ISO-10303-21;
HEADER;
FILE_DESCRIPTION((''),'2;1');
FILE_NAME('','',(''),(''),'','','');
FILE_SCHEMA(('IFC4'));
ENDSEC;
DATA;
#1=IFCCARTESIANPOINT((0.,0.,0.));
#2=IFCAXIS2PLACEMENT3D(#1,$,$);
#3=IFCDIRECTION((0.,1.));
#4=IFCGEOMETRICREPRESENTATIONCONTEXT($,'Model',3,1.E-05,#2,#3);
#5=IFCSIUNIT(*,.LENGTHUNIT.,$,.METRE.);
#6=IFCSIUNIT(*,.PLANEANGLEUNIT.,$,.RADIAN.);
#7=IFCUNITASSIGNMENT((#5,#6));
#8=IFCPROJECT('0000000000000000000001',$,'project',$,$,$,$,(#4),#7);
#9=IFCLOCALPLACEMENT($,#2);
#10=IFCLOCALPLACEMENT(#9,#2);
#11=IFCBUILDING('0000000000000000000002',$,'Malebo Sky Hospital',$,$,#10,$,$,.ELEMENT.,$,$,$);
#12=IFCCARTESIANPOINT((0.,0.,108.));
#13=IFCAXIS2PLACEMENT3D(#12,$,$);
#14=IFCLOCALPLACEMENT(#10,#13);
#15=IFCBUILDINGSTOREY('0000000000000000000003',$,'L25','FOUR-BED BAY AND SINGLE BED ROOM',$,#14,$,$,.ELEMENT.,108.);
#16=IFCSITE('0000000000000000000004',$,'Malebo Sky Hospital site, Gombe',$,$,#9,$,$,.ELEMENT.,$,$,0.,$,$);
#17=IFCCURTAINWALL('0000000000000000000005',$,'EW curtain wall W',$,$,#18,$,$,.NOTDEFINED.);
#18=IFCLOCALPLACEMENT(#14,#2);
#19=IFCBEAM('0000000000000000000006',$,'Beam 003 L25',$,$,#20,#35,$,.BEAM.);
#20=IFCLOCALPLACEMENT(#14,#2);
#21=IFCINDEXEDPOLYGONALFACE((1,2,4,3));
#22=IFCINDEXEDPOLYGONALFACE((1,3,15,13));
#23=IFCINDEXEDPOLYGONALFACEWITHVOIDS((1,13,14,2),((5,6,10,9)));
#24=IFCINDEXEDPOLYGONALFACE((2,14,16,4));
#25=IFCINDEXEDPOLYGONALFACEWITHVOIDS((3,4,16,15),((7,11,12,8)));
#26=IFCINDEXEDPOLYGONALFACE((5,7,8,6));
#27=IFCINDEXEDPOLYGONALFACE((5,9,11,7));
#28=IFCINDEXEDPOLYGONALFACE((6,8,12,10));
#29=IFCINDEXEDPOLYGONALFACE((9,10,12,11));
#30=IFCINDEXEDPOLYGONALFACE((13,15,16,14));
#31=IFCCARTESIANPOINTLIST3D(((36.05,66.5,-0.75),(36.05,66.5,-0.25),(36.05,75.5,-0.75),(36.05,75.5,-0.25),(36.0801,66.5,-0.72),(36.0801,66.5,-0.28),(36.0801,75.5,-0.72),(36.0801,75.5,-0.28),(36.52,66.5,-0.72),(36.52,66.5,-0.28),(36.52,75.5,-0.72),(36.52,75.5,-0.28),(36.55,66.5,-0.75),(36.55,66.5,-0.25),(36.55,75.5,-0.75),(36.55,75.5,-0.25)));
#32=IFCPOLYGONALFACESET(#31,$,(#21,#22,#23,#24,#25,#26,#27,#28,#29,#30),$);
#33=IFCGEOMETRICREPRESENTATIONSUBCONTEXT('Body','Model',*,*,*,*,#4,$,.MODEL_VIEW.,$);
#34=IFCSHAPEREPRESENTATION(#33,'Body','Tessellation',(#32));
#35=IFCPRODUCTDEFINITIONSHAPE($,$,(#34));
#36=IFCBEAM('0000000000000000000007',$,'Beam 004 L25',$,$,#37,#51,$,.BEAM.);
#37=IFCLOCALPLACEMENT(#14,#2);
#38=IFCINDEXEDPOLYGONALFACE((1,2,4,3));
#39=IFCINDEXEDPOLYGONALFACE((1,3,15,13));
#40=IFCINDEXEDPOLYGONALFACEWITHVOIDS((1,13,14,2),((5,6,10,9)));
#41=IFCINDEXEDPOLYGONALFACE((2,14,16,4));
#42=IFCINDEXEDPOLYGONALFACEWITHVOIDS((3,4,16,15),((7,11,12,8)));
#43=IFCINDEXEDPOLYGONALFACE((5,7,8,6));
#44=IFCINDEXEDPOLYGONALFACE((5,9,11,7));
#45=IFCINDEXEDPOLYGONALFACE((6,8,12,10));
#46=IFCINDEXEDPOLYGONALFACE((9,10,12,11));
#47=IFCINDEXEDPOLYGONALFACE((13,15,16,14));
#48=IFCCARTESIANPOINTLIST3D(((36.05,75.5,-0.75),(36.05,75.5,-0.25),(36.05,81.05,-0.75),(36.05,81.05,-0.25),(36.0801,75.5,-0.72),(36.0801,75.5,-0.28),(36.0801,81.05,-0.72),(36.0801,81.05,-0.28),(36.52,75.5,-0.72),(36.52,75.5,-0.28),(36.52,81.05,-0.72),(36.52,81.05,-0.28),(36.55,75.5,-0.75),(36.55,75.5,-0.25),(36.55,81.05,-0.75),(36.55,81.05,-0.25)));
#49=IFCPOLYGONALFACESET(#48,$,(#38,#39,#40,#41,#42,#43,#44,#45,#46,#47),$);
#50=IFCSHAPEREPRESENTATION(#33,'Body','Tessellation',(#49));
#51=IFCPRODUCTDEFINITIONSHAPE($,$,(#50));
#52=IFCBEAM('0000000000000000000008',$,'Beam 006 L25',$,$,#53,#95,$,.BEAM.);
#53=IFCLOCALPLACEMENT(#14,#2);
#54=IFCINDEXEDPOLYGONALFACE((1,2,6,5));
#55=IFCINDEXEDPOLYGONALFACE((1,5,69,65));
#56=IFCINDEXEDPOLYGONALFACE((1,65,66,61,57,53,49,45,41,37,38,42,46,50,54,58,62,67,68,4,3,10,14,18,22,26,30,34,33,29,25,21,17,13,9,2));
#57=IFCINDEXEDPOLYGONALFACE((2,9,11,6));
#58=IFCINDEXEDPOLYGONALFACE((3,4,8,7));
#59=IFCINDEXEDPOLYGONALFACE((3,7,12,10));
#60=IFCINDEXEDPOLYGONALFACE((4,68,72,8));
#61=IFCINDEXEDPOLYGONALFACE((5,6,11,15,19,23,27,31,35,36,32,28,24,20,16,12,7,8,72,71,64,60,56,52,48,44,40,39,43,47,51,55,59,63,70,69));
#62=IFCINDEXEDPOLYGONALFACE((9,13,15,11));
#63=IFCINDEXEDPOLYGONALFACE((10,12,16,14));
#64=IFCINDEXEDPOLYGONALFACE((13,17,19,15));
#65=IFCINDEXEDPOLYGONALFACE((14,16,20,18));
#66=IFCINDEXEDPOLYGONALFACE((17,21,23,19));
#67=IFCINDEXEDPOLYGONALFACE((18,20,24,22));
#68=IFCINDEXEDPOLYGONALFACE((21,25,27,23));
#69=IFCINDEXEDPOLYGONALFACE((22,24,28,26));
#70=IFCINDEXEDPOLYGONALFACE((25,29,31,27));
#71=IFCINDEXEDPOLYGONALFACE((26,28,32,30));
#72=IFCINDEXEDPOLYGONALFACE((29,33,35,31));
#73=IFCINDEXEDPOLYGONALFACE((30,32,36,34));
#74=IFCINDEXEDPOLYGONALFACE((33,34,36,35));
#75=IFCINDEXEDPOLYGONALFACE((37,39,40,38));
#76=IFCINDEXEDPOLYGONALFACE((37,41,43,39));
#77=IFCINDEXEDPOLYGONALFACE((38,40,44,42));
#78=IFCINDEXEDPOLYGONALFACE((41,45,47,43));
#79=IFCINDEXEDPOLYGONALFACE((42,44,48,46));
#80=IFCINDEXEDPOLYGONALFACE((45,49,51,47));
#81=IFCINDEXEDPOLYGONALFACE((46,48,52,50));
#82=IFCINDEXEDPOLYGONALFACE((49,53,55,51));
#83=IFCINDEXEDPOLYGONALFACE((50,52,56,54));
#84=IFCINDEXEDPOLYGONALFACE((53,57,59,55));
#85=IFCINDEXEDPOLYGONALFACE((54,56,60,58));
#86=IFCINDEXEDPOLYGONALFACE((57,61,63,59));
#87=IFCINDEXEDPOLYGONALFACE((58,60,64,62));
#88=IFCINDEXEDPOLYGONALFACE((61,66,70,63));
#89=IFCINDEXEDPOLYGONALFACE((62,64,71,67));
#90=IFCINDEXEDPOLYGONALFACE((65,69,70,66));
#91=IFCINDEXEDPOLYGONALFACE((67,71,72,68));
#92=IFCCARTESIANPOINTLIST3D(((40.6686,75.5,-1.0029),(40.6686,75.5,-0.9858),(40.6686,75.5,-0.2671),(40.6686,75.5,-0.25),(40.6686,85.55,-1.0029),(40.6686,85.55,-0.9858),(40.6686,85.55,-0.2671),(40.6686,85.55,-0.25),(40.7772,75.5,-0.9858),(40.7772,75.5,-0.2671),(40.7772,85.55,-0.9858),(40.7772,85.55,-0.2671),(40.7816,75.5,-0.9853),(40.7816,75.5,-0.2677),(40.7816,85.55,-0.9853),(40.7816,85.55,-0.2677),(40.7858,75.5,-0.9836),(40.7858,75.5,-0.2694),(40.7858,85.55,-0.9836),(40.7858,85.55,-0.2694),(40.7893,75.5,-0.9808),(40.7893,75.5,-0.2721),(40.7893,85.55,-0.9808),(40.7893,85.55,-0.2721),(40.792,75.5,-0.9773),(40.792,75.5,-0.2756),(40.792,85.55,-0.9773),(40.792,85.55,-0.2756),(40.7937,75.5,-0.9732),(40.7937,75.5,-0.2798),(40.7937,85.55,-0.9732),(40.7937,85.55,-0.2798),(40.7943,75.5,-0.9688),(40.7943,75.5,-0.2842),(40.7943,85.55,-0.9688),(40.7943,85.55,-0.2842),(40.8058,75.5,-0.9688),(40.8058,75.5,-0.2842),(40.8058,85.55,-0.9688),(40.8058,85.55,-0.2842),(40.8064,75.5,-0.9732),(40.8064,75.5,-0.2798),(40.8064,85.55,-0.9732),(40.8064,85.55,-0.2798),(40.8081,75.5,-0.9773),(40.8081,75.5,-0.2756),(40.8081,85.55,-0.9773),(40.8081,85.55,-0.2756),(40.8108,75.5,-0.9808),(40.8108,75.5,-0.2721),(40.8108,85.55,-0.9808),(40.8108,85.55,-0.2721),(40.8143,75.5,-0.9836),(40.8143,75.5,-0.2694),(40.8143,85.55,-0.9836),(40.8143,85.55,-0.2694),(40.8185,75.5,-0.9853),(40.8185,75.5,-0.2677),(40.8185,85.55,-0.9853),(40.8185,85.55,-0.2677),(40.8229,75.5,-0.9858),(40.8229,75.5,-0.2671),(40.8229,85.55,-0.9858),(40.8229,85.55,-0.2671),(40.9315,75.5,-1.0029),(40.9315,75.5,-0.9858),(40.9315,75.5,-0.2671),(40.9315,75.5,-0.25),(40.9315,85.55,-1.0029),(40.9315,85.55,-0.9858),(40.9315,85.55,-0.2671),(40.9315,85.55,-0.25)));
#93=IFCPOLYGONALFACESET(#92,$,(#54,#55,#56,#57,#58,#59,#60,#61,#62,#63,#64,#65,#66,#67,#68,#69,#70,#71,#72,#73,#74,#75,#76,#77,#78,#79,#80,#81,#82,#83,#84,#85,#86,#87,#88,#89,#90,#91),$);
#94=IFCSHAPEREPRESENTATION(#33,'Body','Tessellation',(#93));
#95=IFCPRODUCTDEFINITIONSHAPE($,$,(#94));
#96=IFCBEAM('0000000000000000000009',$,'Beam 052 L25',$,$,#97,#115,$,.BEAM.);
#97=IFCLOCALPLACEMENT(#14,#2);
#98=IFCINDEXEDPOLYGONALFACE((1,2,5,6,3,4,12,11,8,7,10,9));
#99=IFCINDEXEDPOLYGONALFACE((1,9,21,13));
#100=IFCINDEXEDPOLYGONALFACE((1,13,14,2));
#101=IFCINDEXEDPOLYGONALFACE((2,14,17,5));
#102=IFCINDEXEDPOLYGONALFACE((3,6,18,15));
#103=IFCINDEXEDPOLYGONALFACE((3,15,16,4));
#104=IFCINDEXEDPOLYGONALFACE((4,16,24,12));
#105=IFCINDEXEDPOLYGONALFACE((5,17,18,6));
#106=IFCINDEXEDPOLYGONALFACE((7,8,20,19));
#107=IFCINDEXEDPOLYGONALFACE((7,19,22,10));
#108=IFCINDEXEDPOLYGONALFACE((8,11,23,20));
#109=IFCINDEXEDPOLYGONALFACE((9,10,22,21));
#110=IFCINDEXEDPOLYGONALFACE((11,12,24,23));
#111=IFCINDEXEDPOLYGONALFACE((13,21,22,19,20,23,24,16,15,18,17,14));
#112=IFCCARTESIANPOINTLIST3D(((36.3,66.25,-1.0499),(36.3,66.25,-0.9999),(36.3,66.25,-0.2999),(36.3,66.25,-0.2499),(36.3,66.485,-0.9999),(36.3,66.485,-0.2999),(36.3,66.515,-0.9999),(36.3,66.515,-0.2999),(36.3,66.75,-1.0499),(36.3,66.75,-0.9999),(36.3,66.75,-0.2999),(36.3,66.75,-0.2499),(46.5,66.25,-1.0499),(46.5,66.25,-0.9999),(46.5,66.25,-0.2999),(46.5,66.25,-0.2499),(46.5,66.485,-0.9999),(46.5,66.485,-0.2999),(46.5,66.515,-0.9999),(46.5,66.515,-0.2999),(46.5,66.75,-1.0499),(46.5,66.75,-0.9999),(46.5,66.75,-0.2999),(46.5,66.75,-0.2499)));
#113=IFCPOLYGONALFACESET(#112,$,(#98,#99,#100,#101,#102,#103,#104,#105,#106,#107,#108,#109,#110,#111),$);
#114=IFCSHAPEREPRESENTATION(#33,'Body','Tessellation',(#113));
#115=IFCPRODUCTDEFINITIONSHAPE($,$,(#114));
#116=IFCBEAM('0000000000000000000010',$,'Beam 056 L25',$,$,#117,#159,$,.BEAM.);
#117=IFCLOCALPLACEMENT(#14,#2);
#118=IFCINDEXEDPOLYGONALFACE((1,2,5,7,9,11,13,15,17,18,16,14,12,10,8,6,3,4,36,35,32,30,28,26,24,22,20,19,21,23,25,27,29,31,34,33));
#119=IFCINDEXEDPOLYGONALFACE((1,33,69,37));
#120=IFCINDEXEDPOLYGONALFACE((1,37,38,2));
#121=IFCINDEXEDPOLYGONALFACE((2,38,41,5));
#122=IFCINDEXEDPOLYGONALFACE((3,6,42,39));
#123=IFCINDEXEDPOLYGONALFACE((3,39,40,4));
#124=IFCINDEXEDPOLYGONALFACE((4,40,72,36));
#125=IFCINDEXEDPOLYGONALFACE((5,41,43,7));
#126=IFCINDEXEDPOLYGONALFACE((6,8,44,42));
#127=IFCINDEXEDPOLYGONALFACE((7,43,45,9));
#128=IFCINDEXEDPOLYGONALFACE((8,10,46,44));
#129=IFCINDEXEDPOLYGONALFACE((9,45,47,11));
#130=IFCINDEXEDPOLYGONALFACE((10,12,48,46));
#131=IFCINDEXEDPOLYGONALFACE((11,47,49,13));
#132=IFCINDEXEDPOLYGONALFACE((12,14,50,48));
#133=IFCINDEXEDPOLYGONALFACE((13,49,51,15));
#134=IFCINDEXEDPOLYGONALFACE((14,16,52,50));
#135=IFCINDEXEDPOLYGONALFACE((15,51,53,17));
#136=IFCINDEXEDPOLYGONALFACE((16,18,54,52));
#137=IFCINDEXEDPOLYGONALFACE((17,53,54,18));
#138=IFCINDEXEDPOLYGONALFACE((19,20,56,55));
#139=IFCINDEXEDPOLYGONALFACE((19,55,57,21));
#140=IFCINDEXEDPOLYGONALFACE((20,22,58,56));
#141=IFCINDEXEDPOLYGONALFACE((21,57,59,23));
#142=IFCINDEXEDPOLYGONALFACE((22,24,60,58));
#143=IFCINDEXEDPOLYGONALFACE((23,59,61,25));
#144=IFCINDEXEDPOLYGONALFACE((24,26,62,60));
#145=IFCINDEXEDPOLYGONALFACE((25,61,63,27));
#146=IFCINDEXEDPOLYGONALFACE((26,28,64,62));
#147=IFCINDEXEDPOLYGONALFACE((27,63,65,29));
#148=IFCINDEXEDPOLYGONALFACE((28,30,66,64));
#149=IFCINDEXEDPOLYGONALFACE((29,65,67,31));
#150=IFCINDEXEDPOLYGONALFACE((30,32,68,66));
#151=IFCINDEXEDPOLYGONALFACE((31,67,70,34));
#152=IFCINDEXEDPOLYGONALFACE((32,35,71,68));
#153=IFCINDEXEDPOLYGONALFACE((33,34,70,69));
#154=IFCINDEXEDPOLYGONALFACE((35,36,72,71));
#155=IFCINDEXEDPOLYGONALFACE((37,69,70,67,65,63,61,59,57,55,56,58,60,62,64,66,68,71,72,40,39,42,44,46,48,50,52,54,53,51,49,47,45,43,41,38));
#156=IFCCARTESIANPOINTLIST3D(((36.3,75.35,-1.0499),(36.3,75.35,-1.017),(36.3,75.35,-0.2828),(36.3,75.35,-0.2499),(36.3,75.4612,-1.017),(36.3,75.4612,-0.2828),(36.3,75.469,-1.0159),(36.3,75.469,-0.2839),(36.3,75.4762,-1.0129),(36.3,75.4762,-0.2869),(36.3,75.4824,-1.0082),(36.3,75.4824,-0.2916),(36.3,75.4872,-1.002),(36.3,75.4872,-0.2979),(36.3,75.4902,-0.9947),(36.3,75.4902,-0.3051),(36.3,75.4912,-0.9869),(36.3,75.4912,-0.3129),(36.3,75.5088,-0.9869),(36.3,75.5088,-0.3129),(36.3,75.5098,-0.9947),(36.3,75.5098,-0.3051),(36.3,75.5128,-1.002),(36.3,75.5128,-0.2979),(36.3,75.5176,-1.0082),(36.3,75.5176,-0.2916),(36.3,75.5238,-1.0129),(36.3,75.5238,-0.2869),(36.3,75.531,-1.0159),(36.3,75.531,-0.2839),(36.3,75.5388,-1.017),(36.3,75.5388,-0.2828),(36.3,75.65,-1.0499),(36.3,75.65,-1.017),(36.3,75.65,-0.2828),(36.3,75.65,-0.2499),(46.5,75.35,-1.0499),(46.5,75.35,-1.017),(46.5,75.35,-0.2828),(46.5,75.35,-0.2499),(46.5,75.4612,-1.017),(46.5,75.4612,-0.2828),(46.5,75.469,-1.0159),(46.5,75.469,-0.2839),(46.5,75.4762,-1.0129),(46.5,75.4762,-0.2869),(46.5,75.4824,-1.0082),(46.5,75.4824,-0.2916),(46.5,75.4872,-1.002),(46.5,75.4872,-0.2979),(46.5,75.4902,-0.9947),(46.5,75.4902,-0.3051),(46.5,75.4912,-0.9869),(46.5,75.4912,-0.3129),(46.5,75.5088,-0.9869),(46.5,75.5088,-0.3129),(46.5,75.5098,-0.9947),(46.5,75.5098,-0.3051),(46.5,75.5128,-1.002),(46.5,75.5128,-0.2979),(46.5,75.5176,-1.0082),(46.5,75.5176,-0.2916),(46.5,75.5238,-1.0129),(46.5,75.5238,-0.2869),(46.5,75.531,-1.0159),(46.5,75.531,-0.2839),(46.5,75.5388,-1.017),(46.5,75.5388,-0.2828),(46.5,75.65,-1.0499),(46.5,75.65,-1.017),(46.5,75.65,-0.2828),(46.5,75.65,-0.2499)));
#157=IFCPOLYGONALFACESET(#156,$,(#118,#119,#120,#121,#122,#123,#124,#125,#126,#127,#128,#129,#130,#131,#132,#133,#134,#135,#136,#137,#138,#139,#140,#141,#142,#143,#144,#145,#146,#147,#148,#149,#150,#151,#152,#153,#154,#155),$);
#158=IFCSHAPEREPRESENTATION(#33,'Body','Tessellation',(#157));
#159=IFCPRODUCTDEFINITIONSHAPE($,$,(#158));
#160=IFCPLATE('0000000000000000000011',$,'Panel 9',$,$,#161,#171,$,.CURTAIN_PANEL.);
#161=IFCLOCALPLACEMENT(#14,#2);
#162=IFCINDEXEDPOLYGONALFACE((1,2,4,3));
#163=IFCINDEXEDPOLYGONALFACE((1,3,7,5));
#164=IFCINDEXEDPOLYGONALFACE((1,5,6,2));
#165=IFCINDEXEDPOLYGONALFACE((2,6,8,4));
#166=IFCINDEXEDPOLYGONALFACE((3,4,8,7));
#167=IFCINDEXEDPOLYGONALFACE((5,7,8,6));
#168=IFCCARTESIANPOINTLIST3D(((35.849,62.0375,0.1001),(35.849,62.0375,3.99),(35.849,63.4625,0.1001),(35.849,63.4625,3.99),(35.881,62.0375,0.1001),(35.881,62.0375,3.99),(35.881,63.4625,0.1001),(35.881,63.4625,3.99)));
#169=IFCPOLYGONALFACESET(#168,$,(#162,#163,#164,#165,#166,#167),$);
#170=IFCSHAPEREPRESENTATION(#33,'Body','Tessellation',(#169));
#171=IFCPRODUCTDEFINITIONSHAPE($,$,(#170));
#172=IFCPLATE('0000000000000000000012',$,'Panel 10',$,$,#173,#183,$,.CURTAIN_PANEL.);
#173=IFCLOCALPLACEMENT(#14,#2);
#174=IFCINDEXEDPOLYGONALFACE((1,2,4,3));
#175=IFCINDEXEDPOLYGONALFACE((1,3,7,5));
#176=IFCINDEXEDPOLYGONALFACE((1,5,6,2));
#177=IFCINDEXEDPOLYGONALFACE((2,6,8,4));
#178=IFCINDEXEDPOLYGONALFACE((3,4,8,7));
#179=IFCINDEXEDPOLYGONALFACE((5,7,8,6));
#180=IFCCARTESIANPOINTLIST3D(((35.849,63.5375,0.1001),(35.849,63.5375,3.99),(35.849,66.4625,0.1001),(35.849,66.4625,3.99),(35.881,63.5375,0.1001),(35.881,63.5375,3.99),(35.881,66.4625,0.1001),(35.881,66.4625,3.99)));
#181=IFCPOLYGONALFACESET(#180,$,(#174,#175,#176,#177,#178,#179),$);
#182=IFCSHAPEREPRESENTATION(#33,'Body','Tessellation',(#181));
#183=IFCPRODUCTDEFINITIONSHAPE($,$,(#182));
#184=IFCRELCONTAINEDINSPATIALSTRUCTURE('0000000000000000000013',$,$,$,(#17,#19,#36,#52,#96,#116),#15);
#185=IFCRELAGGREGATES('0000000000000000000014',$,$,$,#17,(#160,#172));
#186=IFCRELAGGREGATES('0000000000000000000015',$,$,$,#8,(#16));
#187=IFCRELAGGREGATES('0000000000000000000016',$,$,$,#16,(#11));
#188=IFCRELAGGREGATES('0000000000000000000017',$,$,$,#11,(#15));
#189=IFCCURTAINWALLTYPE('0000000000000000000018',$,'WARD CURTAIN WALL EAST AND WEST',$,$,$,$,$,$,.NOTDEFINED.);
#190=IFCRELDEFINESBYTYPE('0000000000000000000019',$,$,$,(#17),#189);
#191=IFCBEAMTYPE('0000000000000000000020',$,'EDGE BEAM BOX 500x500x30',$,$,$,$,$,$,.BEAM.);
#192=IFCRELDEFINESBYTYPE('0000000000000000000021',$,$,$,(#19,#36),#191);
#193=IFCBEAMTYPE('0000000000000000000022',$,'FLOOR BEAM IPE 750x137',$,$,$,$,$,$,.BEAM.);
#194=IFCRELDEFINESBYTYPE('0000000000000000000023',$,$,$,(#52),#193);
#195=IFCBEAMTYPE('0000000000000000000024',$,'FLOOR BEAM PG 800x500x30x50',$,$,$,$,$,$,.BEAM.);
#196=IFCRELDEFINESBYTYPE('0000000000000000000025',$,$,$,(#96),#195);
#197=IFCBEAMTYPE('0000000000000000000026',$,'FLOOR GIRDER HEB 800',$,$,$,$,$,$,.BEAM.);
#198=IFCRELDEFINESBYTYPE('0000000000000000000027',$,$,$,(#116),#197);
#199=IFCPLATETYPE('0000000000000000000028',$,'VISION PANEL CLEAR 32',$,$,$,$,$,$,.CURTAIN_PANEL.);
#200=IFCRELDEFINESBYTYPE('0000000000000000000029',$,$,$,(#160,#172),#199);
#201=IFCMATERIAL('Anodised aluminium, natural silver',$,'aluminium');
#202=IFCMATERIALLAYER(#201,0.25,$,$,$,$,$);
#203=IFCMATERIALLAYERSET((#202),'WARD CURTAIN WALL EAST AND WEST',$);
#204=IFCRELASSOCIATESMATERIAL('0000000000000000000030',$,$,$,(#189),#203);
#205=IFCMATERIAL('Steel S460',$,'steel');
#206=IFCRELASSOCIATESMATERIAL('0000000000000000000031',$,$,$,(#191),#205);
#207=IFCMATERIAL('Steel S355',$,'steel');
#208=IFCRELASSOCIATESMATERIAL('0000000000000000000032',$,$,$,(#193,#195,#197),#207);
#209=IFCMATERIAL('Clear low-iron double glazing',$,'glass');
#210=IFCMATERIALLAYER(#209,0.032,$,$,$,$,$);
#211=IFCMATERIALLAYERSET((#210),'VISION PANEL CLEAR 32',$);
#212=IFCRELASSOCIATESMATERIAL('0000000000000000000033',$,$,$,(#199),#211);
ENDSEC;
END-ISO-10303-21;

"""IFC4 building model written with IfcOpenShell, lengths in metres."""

from ifc_helpers import new_model, si_unit, direction, frame, origin, origin_2d, place, context, subcontext, project, spatial, rectangle, hollow_rectangle, i_section, extrude, material, layer, layer_set, material_profile, profile_set, type_object, element, aggregate, save


model = new_model("IFC4")

# Units and contexts
model_context = context("Model", 3, precision=1e-05, world=origin(), true_north=direction((0.0, 1.0)))
body_context = subcontext(model_context, "Body", "Model", "MODEL_VIEW")
ifc_project = project(units=[si_unit("LENGTHUNIT", "METRE"), si_unit("PLANEANGLEUNIT", "RADIAN")], contexts=[model_context])

# Site, building, storey
site_placement = place(None, origin())
site = spatial("IfcSite", under=ifc_project, at=site_placement, Name="Malebo Sky Hospital site, Gombe", CompositionType="ELEMENT", RefElevation=0.0)
building_placement = place(site_placement, origin())
building = spatial("IfcBuilding", under=site, at=building_placement, Name="Malebo Sky Hospital", CompositionType="ELEMENT")
storey_placement = place(building_placement, frame((0.0, 0.0, 108.0)))
storey = spatial("IfcBuildingStorey", under=building, at=storey_placement, Name="L25", Description="FOUR-BED BAY AND SINGLE BED ROOM", CompositionType="ELEMENT", Elevation=108.0)

# Shared definitions
ifc_material_1 = material(Name="Steel S460", Category="steel")

# Curtain wall
ifc_material_2 = material(Name="Anodised aluminium, natural silver", Category="aluminium")
ifc_layer_1 = layer(ifc_material_2, 0.25)
ifc_layer_set_1 = layer_set([ifc_layer_1], Name="WARD CURTAIN WALL EAST AND WEST")
curtain_wall_type = type_object("IfcCurtainWallType", Name="WARD CURTAIN WALL EAST AND WEST", PredefinedType="NOTDEFINED", material=ifc_layer_set_1)
curtain_wall_placement = place(storey_placement, origin())
curtain_wall = element("IfcCurtainWall", 1, at=curtain_wall_placement, inside=storey, type_object=curtain_wall_type, Name="EW curtain wall W", PredefinedType="NOTDEFINED")

# Beams
ifc_material_profile_1 = material_profile(ifc_material_1, hollow_rectangle(XDim=0.5, YDim=0.5, WallThickness=0.03, at=origin_2d()), Name="BOX 500x500x30")
ifc_profile_set_1 = profile_set([ifc_material_profile_1], Name="Steel S460")
beam_type_1 = type_object("IfcBeamType", Name="EDGE BEAM BOX 500x500x30", PredefinedType="BEAM", material=ifc_profile_set_1)
beam_1_placement = place(storey_placement, frame((36.3, 66.5, -0.5), z_axis=(0.0, 1.0, 0.0), x_axis=(-1.0, 0.0, 0.0)))
element("IfcBeam", 2, at=beam_1_placement, inside=storey, type_object=beam_type_1, Name="Beam 003 L25", PredefinedType="BEAM", context=body_context, shape_type="SweptSolid", body=[
    extrude(hollow_rectangle(XDim=0.5, YDim=0.5, WallThickness=0.03, at=origin_2d()), origin(), (0.0, 0.0, 1.0), 9.0),
])
beam_2_placement = place(storey_placement, frame((36.3, 75.5, -0.5), z_axis=(0.0, 1.0, 0.0), x_axis=(-1.0, 0.0, 0.0)))
element("IfcBeam", 3, at=beam_2_placement, inside=storey, type_object=beam_type_1, Name="Beam 004 L25", PredefinedType="BEAM", context=body_context, shape_type="SweptSolid", body=[
    extrude(hollow_rectangle(XDim=0.5, YDim=0.5, WallThickness=0.03, at=origin_2d()), origin(), (0.0, 0.0, 1.0), 5.55),
])
ifc_material_3 = material(Name="Steel S355", Category="steel")
ifc_material_profile_2 = material_profile(ifc_material_3, i_section(OverallWidth=0.2629, OverallDepth=0.7529, WebThickness=0.0115, FlangeThickness=0.0171, FilletRadius=0.0171, at=origin_2d()), Name="IPE 750x137")
ifc_profile_set_2 = profile_set([ifc_material_profile_2], Name="Steel S355")
beam_type_2 = type_object("IfcBeamType", Name="FLOOR BEAM IPE 750x137", PredefinedType="BEAM", material=ifc_profile_set_2)
beam_3_placement = place(storey_placement, frame((40.8, 75.5, -0.6265), z_axis=(0.0, 1.0, 0.0), x_axis=(-1.0, 0.0, 0.0)))
element("IfcBeam", 4, at=beam_3_placement, inside=storey, type_object=beam_type_2, Name="Beam 006 L25", PredefinedType="BEAM", context=body_context, shape_type="SweptSolid", body=[
    extrude(i_section(OverallWidth=0.2629, OverallDepth=0.7529, WebThickness=0.0115, FlangeThickness=0.0171, FilletRadius=0.0171, at=origin_2d()), origin(), (0.0, 0.0, 1.0), 10.05),
])
ifc_material_profile_3 = material_profile(ifc_material_3, i_section(OverallWidth=0.5, OverallDepth=0.8, WebThickness=0.03, FlangeThickness=0.05, at=origin_2d()), Name="PG 800x500x30x50")
ifc_profile_set_3 = profile_set([ifc_material_profile_3], Name="Steel S355")
beam_type_3 = type_object("IfcBeamType", Name="FLOOR BEAM PG 800x500x30x50", PredefinedType="BEAM", material=ifc_profile_set_3)
beam_4_placement = place(storey_placement, frame((36.3, 66.5, -0.6499), z_axis=(1.0, 0.0, 0.0), x_axis=(0.0, 1.0, 0.0)))
element("IfcBeam", 5, at=beam_4_placement, inside=storey, type_object=beam_type_3, Name="Beam 052 L25", PredefinedType="BEAM", context=body_context, shape_type="SweptSolid", body=[
    extrude(i_section(OverallWidth=0.5, OverallDepth=0.8, WebThickness=0.03, FlangeThickness=0.05, at=origin_2d()), origin(), (0.0, 0.0, 1.0), 10.2),
])
ifc_material_profile_4 = material_profile(ifc_material_3, i_section(OverallWidth=0.3, OverallDepth=0.8, WebThickness=0.0176, FlangeThickness=0.033, FilletRadius=0.03, at=origin_2d()), Name="HEB 800")
ifc_profile_set_4 = profile_set([ifc_material_profile_4], Name="Steel S355")
beam_type_4 = type_object("IfcBeamType", Name="FLOOR GIRDER HEB 800", PredefinedType="BEAM", material=ifc_profile_set_4)
beam_5_placement = place(storey_placement, frame((36.3, 75.5, -0.6499), z_axis=(1.0, 0.0, 0.0), x_axis=(0.0, 1.0, 0.0)))
element("IfcBeam", 6, at=beam_5_placement, inside=storey, type_object=beam_type_4, Name="Beam 056 L25", PredefinedType="BEAM", context=body_context, shape_type="SweptSolid", body=[
    extrude(i_section(OverallWidth=0.3, OverallDepth=0.8, WebThickness=0.0176, FlangeThickness=0.033, FilletRadius=0.03, at=origin_2d()), origin(), (0.0, 0.0, 1.0), 10.2),
])

# Plates
ifc_material_4 = material(Name="Clear low-iron double glazing", Category="glass")
ifc_layer_2 = layer(ifc_material_4, 0.032)
ifc_layer_set_2 = layer_set([ifc_layer_2], Name="VISION PANEL CLEAR 32")
plate_type = type_object("IfcPlateType", Name="VISION PANEL CLEAR 32", PredefinedType="CURTAIN_PANEL", material=ifc_layer_set_2)
plate_1_placement = place(storey_placement, frame((35.865, 62.75, 0.1001), z_axis=(0.0, 0.0, 1.0), x_axis=(0.0, 1.0, 0.0)))
plate_1 = element("IfcPlate", 7, at=plate_1_placement, type_object=plate_type, Name="Panel 9", PredefinedType="CURTAIN_PANEL", context=body_context, shape_type="SweptSolid", body=[
    extrude(rectangle(XDim=1.425, YDim=0.032, at=origin_2d()), origin(), (0.0, 0.0, 1.0), 3.8899),
])
plate_2_placement = place(storey_placement, frame((35.865, 65.0, 0.1001), z_axis=(0.0, 0.0, 1.0), x_axis=(0.0, 1.0, 0.0)))
plate_2 = element("IfcPlate", 8, at=plate_2_placement, type_object=plate_type, Name="Panel 10", PredefinedType="CURTAIN_PANEL", context=body_context, shape_type="SweptSolid", body=[
    extrude(rectangle(XDim=2.925, YDim=0.032, at=origin_2d()), origin(), (0.0, 0.0, 1.0), 3.8899),
])
aggregate(curtain_wall, [plate_1, plate_2])

save(model, "model.ifc")
